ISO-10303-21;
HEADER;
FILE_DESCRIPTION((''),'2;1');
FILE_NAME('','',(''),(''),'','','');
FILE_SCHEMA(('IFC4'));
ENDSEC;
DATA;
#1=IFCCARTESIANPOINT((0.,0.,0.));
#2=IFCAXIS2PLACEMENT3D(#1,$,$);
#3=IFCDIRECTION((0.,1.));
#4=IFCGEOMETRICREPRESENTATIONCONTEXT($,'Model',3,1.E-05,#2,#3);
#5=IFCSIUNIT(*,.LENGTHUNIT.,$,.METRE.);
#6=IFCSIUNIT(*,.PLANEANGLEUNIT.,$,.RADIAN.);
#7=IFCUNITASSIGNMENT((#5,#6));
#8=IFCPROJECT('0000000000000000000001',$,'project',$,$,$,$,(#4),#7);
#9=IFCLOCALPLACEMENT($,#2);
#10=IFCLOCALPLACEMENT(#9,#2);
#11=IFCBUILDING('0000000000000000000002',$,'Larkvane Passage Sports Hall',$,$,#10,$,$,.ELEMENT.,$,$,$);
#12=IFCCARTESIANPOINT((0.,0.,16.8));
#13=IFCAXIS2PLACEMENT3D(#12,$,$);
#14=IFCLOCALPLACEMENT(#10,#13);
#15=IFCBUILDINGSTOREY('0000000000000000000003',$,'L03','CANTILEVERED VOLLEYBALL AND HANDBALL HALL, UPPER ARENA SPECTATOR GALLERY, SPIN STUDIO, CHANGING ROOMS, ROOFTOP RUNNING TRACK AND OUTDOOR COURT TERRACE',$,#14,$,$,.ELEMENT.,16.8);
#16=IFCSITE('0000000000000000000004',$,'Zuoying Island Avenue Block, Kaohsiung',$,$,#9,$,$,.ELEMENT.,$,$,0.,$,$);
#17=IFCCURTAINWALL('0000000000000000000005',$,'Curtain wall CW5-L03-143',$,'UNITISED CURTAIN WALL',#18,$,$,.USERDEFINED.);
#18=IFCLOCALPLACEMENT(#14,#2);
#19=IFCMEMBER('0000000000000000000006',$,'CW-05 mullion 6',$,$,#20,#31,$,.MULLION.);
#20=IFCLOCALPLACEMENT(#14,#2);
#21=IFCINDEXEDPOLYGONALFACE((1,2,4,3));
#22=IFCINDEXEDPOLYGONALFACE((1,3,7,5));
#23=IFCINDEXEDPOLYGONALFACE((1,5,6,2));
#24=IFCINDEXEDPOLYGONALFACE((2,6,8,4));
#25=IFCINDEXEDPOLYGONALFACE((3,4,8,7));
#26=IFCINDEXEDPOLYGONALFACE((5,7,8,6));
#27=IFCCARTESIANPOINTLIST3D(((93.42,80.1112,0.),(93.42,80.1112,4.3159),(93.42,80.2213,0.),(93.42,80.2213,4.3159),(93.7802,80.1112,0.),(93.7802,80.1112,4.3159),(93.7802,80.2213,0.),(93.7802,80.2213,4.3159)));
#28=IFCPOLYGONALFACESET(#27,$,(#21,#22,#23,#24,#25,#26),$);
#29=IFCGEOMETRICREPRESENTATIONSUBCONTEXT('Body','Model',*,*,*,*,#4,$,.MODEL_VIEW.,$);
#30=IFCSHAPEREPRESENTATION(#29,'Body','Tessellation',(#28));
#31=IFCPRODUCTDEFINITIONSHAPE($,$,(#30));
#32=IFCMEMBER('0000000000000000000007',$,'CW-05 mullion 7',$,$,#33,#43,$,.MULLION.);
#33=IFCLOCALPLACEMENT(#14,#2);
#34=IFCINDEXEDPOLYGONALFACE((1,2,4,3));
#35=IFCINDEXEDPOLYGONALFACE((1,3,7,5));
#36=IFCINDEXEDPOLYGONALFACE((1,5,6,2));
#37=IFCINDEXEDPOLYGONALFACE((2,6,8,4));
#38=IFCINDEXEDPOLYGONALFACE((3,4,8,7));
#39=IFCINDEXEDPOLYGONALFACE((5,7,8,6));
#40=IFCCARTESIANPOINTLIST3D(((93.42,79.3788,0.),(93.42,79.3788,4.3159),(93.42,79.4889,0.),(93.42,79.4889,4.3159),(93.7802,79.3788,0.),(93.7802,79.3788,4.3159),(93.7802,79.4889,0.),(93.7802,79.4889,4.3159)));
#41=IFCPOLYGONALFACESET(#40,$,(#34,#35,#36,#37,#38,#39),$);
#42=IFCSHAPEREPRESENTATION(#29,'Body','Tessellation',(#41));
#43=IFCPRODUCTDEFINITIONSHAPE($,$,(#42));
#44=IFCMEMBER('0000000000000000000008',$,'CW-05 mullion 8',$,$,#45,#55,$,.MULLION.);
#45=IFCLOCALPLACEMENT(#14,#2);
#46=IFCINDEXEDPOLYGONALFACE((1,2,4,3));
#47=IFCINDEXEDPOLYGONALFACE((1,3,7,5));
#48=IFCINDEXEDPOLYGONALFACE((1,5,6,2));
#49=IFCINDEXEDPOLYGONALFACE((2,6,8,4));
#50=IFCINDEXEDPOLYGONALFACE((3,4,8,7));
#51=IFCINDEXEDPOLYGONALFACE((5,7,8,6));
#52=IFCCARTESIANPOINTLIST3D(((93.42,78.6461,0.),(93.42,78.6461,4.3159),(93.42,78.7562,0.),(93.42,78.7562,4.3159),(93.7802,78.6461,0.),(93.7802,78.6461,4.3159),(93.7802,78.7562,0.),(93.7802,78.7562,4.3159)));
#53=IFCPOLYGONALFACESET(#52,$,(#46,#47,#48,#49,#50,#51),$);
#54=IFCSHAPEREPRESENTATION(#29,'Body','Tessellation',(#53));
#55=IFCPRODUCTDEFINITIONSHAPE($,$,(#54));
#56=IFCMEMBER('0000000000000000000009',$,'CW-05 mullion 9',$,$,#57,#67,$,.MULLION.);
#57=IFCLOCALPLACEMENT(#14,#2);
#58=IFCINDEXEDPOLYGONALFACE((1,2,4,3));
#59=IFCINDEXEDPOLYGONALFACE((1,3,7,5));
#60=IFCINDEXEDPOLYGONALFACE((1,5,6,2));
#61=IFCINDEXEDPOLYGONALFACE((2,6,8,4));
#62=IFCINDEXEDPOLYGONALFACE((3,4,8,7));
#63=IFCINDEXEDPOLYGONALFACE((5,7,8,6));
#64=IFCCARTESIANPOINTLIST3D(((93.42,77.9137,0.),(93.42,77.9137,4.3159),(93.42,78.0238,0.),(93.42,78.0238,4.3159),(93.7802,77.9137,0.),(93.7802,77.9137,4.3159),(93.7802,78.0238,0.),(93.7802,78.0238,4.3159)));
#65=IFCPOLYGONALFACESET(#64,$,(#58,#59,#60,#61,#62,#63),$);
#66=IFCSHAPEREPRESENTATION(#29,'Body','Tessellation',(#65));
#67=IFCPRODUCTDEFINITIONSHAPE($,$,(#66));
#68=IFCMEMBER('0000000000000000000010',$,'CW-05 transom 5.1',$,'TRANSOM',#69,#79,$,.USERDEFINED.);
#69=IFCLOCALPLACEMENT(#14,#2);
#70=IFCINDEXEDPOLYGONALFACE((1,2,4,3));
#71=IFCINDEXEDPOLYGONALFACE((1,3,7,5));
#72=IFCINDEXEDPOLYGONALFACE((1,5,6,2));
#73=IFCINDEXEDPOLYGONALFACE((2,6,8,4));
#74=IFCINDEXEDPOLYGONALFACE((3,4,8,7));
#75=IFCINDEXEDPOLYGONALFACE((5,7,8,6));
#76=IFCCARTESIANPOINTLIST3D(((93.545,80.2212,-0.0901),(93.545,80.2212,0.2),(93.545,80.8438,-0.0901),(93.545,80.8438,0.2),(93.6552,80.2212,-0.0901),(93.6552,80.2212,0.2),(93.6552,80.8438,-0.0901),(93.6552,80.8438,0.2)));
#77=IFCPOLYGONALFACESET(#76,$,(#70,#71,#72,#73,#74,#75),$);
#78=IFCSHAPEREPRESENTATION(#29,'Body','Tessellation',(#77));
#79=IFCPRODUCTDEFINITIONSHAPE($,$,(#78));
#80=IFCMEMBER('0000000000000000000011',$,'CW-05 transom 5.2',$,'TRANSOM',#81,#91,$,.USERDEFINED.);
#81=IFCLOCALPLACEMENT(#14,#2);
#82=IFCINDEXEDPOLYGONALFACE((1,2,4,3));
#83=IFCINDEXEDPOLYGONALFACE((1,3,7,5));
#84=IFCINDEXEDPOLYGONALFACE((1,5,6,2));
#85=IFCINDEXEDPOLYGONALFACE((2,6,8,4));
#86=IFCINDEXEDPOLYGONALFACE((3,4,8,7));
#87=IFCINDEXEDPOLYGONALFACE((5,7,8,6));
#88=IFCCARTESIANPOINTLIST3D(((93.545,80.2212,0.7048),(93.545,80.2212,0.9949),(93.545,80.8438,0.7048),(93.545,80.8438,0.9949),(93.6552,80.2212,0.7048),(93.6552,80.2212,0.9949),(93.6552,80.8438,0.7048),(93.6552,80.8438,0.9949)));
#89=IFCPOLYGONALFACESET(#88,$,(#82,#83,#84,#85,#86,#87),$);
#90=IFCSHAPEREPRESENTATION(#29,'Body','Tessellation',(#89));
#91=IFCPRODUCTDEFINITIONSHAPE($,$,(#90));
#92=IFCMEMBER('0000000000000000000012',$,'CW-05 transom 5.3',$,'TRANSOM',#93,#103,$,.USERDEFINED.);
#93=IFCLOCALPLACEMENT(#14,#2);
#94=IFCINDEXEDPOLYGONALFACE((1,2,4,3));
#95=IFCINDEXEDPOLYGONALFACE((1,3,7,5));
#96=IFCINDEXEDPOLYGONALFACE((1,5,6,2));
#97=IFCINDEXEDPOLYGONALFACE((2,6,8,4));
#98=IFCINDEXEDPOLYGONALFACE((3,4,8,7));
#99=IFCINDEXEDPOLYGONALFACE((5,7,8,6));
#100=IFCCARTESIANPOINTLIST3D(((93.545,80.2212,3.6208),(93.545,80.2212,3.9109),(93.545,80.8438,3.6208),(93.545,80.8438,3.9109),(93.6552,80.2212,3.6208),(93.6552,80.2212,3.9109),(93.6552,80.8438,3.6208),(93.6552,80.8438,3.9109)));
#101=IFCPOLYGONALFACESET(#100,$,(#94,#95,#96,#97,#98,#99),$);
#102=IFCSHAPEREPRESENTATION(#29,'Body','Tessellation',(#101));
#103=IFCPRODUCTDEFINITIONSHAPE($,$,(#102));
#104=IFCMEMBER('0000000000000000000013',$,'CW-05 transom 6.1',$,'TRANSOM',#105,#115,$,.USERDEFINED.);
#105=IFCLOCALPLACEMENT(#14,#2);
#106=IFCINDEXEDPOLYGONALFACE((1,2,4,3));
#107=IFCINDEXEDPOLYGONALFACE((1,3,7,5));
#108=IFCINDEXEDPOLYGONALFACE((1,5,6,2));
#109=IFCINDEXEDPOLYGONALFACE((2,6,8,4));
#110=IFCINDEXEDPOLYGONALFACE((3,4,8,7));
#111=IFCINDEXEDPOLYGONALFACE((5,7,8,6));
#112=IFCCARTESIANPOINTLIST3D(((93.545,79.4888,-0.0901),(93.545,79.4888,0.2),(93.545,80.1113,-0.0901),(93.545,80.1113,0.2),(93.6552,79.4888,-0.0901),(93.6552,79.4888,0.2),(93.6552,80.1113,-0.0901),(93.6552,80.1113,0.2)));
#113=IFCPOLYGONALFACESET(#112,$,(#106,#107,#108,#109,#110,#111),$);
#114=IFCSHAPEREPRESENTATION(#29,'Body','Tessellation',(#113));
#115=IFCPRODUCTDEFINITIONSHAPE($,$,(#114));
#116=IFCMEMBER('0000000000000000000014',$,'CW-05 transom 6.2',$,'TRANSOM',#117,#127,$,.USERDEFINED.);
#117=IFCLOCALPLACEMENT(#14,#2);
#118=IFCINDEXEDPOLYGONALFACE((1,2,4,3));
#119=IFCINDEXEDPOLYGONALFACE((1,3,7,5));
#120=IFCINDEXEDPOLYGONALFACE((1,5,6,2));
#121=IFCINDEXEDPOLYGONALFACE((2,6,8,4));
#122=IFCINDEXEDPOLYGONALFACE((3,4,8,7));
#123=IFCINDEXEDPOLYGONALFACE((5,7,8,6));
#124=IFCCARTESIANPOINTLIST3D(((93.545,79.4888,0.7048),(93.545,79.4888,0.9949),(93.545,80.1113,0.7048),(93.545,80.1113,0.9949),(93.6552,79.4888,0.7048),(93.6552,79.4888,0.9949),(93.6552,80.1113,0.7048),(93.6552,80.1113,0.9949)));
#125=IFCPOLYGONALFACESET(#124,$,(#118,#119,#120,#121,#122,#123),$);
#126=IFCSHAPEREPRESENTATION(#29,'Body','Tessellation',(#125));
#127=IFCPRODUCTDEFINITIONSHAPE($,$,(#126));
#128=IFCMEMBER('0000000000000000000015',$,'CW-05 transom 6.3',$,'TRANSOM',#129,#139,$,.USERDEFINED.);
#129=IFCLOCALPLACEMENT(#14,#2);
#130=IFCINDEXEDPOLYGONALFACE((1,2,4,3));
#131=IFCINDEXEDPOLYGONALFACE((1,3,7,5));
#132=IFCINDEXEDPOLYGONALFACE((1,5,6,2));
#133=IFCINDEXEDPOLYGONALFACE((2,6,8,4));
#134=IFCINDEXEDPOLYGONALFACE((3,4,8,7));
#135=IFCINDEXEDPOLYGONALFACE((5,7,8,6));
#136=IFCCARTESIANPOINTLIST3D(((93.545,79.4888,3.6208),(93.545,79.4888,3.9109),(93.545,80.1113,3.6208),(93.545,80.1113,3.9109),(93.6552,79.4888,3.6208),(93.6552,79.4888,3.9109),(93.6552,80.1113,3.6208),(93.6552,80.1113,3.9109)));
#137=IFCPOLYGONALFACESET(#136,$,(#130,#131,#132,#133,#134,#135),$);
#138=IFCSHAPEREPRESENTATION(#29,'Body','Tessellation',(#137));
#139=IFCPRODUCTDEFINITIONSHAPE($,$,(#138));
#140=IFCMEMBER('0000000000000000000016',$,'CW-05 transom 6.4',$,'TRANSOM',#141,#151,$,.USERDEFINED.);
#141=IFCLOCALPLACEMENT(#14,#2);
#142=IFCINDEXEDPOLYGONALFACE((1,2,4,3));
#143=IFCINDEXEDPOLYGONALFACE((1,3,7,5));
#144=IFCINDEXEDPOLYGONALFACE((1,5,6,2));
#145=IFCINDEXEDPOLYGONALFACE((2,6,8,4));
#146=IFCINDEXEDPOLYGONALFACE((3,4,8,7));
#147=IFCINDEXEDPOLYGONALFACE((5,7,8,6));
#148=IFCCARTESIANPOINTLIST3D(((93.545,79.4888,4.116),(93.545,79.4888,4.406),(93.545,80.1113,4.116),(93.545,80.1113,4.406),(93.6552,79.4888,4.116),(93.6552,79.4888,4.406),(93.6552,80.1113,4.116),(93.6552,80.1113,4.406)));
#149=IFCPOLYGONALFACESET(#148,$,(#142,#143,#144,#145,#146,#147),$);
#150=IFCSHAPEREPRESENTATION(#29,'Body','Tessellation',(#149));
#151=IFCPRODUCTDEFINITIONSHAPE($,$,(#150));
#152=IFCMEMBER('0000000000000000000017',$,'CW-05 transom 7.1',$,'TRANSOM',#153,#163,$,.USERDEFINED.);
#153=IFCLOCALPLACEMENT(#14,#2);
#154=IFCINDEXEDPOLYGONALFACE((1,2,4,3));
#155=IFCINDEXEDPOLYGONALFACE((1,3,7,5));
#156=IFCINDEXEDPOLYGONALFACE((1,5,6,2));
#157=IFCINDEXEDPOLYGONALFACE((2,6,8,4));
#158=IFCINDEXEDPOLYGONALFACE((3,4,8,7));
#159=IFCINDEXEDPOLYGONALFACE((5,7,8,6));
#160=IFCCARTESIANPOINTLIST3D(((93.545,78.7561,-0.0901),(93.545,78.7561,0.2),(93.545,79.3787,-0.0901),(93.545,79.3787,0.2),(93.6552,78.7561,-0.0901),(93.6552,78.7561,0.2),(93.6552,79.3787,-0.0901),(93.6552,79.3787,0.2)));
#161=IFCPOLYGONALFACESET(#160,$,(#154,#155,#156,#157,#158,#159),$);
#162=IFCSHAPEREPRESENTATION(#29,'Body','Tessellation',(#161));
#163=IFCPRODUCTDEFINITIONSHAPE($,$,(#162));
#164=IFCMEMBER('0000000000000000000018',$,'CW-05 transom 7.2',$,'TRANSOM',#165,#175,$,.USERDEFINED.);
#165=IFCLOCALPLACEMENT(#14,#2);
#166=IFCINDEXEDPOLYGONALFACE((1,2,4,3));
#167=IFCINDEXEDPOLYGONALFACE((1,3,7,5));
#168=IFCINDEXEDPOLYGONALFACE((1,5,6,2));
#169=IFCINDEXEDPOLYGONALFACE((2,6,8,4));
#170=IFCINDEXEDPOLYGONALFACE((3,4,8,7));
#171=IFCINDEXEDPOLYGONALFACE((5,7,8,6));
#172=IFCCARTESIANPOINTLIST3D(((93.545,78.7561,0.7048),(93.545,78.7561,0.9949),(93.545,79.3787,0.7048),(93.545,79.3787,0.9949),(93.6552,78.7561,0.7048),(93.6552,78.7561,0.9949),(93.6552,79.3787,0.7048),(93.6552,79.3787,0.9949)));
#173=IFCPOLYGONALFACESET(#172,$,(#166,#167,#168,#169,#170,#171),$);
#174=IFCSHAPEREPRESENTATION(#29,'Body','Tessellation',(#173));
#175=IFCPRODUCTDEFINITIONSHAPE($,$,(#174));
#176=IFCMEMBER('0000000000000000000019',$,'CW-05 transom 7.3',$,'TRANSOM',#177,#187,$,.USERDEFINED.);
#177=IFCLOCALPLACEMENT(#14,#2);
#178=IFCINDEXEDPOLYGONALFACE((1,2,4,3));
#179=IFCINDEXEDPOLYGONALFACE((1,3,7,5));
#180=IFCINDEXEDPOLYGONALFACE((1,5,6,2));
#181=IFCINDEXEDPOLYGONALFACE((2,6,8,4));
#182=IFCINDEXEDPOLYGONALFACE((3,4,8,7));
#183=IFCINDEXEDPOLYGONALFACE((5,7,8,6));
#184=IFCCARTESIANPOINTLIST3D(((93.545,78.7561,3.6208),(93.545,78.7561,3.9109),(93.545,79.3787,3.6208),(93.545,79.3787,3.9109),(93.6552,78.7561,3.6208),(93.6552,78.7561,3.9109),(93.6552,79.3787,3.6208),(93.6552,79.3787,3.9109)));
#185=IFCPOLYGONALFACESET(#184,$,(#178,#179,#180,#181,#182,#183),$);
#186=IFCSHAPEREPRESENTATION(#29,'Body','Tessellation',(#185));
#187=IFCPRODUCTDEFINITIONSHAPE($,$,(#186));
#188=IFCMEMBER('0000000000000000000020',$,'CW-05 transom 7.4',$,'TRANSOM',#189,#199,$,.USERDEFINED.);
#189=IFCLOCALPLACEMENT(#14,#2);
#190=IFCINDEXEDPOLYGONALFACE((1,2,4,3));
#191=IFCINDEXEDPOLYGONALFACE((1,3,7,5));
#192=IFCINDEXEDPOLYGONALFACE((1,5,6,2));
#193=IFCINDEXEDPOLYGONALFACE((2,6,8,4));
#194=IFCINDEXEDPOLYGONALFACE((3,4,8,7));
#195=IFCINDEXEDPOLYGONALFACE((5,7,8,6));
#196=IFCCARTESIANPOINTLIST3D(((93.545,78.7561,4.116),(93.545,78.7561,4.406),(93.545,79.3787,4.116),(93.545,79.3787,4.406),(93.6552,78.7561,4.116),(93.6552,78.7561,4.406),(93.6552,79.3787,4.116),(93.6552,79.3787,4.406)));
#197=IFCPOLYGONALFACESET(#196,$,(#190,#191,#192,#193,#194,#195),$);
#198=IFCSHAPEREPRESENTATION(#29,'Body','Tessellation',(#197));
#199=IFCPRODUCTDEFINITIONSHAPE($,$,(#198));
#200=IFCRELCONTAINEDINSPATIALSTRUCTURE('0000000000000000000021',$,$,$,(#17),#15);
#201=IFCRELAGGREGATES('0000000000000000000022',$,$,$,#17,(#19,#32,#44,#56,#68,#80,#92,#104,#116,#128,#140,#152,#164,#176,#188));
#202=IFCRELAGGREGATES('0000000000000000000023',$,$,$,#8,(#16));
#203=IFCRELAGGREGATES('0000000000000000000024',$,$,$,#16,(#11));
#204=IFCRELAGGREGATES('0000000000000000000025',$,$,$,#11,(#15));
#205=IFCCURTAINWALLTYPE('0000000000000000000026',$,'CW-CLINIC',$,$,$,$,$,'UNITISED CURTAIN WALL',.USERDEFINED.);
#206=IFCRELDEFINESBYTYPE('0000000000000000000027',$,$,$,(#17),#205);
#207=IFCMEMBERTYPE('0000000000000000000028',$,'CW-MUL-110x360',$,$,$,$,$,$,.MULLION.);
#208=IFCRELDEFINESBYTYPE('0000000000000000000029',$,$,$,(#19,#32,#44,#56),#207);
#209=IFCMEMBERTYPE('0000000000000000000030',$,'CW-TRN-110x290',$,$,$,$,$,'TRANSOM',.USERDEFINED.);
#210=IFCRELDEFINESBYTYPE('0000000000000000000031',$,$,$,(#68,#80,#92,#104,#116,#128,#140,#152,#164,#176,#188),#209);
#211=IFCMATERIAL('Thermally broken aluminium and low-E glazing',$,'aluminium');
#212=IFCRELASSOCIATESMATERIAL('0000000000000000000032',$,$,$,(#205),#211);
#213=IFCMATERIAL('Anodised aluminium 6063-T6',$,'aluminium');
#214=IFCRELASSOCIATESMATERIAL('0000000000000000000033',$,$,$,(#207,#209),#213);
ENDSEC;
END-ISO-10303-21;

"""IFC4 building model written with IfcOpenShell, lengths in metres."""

from ifc_helpers import new_model, si_unit, direction, frame, origin, origin_2d, place, context, subcontext, project, spatial, rectangle, extrude, material, material_profile, profile_set, type_object, element, aggregate, save


model = new_model("IFC4")

# Units and contexts
model_context = context("Model", 3, precision=1e-05, world=origin(), true_north=direction((0.0, 1.0)))
body_context = subcontext(model_context, "Body", "Model", "MODEL_VIEW")
ifc_project = project(units=[si_unit("LENGTHUNIT", "METRE"), si_unit("PLANEANGLEUNIT", "RADIAN")], contexts=[model_context])

# Site, building, storey
site_placement = place(None, origin())
site = spatial("IfcSite", under=ifc_project, at=site_placement, Name="Zuoying Island Avenue Block, Kaohsiung", CompositionType="ELEMENT", RefElevation=0.0)
building_placement = place(site_placement, origin())
building = spatial("IfcBuilding", under=site, at=building_placement, Name="Larkvane Passage Sports Hall", CompositionType="ELEMENT")
storey_placement = place(building_placement, frame((0.0, 0.0, 16.8)))
storey = spatial("IfcBuildingStorey", under=building, at=storey_placement, Name="L03", Description="CANTILEVERED VOLLEYBALL AND HANDBALL HALL, UPPER ARENA SPECTATOR GALLERY, SPIN STUDIO, CHANGING ROOMS, ROOFTOP RUNNING TRACK AND OUTDOOR COURT TERRACE", CompositionType="ELEMENT", Elevation=16.8)

# Curtain wall, members
ifc_material_1 = material(Name="Thermally broken aluminium and low-E glazing", Category="aluminium")
curtain_wall_type = type_object("IfcCurtainWallType", Name="CW-CLINIC", ElementType="UNITISED CURTAIN WALL", PredefinedType="USERDEFINED", material=ifc_material_1)
curtain_wall_placement = place(storey_placement, origin())
curtain_wall = element("IfcCurtainWall", 1, at=curtain_wall_placement, inside=storey, type_object=curtain_wall_type, Name="Curtain wall CW5-L03-143", ObjectType="UNITISED CURTAIN WALL", PredefinedType="USERDEFINED")
ifc_material_2 = material(Name="Anodised aluminium 6063-T6", Category="aluminium")
ifc_material_profile_1 = material_profile(ifc_material_2, rectangle(XDim=0.1101, YDim=0.3601, at=origin_2d()), Name="ALU-MUL-110x360")
ifc_profile_set_1 = profile_set([ifc_material_profile_1], Name="Anodised aluminium 6063-T6")
member_type_1 = type_object("IfcMemberType", Name="CW-MUL-110x360", PredefinedType="MULLION", material=ifc_profile_set_1)
member_1_placement = place(storey_placement, frame((93.6001, 80.1663, 0.0), z_axis=(0.0, 0.0, 1.0), x_axis=(0.0, -1.0, 0.0)))
member_1 = element("IfcMember", 2, at=member_1_placement, type_object=member_type_1, Name="CW-05 mullion 6", PredefinedType="MULLION", context=body_context, shape_type="SweptSolid", body=[
    extrude(rectangle(XDim=0.1101, YDim=0.3601, at=origin_2d()), origin(), (0.0, 0.0, 1.0), 4.3159),
])
member_2_placement = place(storey_placement, frame((93.6001, 79.4338, 0.0), z_axis=(0.0, 0.0, 1.0), x_axis=(0.0, -1.0, 0.0)))
member_2 = element("IfcMember", 3, at=member_2_placement, type_object=member_type_1, Name="CW-05 mullion 7", PredefinedType="MULLION", context=body_context, shape_type="SweptSolid", body=[
    extrude(rectangle(XDim=0.1101, YDim=0.3601, at=origin_2d()), origin(), (0.0, 0.0, 1.0), 4.3159),
])
member_3_placement = place(storey_placement, frame((93.6001, 78.7012, 0.0), z_axis=(0.0, 0.0, 1.0), x_axis=(0.0, -1.0, 0.0)))
member_3 = element("IfcMember", 4, at=member_3_placement, type_object=member_type_1, Name="CW-05 mullion 8", PredefinedType="MULLION", context=body_context, shape_type="SweptSolid", body=[
    extrude(rectangle(XDim=0.1101, YDim=0.3601, at=origin_2d()), origin(), (0.0, 0.0, 1.0), 4.3159),
])
member_4_placement = place(storey_placement, frame((93.6001, 77.9688, 0.0), z_axis=(0.0, 0.0, 1.0), x_axis=(0.0, -1.0, 0.0)))
member_4 = element("IfcMember", 5, at=member_4_placement, type_object=member_type_1, Name="CW-05 mullion 9", PredefinedType="MULLION", context=body_context, shape_type="SweptSolid", body=[
    extrude(rectangle(XDim=0.1101, YDim=0.3601, at=origin_2d()), origin(), (0.0, 0.0, 1.0), 4.3159),
])
ifc_material_profile_2 = material_profile(ifc_material_2, rectangle(XDim=0.1101, YDim=0.29, at=origin_2d()), Name="ALU-TRN-110x290")
ifc_profile_set_2 = profile_set([ifc_material_profile_2], Name="Anodised aluminium 6063-T6")
member_type_2 = type_object("IfcMemberType", Name="CW-TRN-110x290", ElementType="TRANSOM", PredefinedType="USERDEFINED", material=ifc_profile_set_2)
member_5_placement = place(storey_placement, frame((93.6001, 80.8438, 0.0549), z_axis=(0.0, -1.0, 0.0), x_axis=(1.0, 0.0, 0.0)))
member_5 = element("IfcMember", 6, at=member_5_placement, type_object=member_type_2, Name="CW-05 transom 5.1", ObjectType="TRANSOM", PredefinedType="USERDEFINED", context=body_context, shape_type="SweptSolid", body=[
    extrude(rectangle(XDim=0.1101, YDim=0.29, at=origin_2d()), origin(), (0.0, 0.0, 1.0), 0.6226),
])
member_6_placement = place(storey_placement, frame((93.6001, 80.8438, 0.8499), z_axis=(0.0, -1.0, 0.0), x_axis=(1.0, 0.0, 0.0)))
member_6 = element("IfcMember", 7, at=member_6_placement, type_object=member_type_2, Name="CW-05 transom 5.2", ObjectType="TRANSOM", PredefinedType="USERDEFINED", context=body_context, shape_type="SweptSolid", body=[
    extrude(rectangle(XDim=0.1101, YDim=0.29, at=origin_2d()), origin(), (0.0, 0.0, 1.0), 0.6226),
])
member_7_placement = place(storey_placement, frame((93.6001, 80.8438, 3.7659), z_axis=(0.0, -1.0, 0.0), x_axis=(1.0, 0.0, 0.0)))
member_7 = element("IfcMember", 8, at=member_7_placement, type_object=member_type_2, Name="CW-05 transom 5.3", ObjectType="TRANSOM", PredefinedType="USERDEFINED", context=body_context, shape_type="SweptSolid", body=[
    extrude(rectangle(XDim=0.1101, YDim=0.29, at=origin_2d()), origin(), (0.0, 0.0, 1.0), 0.6226),
])
member_8_placement = place(storey_placement, frame((93.6001, 80.1113, 0.0549), z_axis=(0.0, -1.0, 0.0), x_axis=(1.0, 0.0, 0.0)))
member_8 = element("IfcMember", 9, at=member_8_placement, type_object=member_type_2, Name="CW-05 transom 6.1", ObjectType="TRANSOM", PredefinedType="USERDEFINED", context=body_context, shape_type="SweptSolid", body=[
    extrude(rectangle(XDim=0.1101, YDim=0.29, at=origin_2d()), origin(), (0.0, 0.0, 1.0), 0.6226),
])
member_9_placement = place(storey_placement, frame((93.6001, 80.1113, 0.8499), z_axis=(0.0, -1.0, 0.0), x_axis=(1.0, 0.0, 0.0)))
member_9 = element("IfcMember", 10, at=member_9_placement, type_object=member_type_2, Name="CW-05 transom 6.2", ObjectType="TRANSOM", PredefinedType="USERDEFINED", context=body_context, shape_type="SweptSolid", body=[
    extrude(rectangle(XDim=0.1101, YDim=0.29, at=origin_2d()), origin(), (0.0, 0.0, 1.0), 0.6226),
])
member_10_placement = place(storey_placement, frame((93.6001, 80.1113, 3.7659), z_axis=(0.0, -1.0, 0.0), x_axis=(1.0, 0.0, 0.0)))
member_10 = element("IfcMember", 11, at=member_10_placement, type_object=member_type_2, Name="CW-05 transom 6.3", ObjectType="TRANSOM", PredefinedType="USERDEFINED", context=body_context, shape_type="SweptSolid", body=[
    extrude(rectangle(XDim=0.1101, YDim=0.29, at=origin_2d()), origin(), (0.0, 0.0, 1.0), 0.6226),
])
member_11_placement = place(storey_placement, frame((93.6001, 80.1113, 4.261), z_axis=(0.0, -1.0, 0.0), x_axis=(1.0, 0.0, 0.0)))
member_11 = element("IfcMember", 12, at=member_11_placement, type_object=member_type_2, Name="CW-05 transom 6.4", ObjectType="TRANSOM", PredefinedType="USERDEFINED", context=body_context, shape_type="SweptSolid", body=[
    extrude(rectangle(XDim=0.1101, YDim=0.29, at=origin_2d()), origin(), (0.0, 0.0, 1.0), 0.6226),
])
member_12_placement = place(storey_placement, frame((93.6001, 79.3787, 0.0549), z_axis=(0.0, -1.0, 0.0), x_axis=(1.0, 0.0, 0.0)))
member_12 = element("IfcMember", 13, at=member_12_placement, type_object=member_type_2, Name="CW-05 transom 7.1", ObjectType="TRANSOM", PredefinedType="USERDEFINED", context=body_context, shape_type="SweptSolid", body=[
    extrude(rectangle(XDim=0.1101, YDim=0.29, at=origin_2d()), origin(), (0.0, 0.0, 1.0), 0.6226),
])
member_13_placement = place(storey_placement, frame((93.6001, 79.3787, 0.8499), z_axis=(0.0, -1.0, 0.0), x_axis=(1.0, 0.0, 0.0)))
member_13 = element("IfcMember", 14, at=member_13_placement, type_object=member_type_2, Name="CW-05 transom 7.2", ObjectType="TRANSOM", PredefinedType="USERDEFINED", context=body_context, shape_type="SweptSolid", body=[
    extrude(rectangle(XDim=0.1101, YDim=0.29, at=origin_2d()), origin(), (0.0, 0.0, 1.0), 0.6226),
])
member_14_placement = place(storey_placement, frame((93.6001, 79.3787, 3.7659), z_axis=(0.0, -1.0, 0.0), x_axis=(1.0, 0.0, 0.0)))
member_14 = element("IfcMember", 15, at=member_14_placement, type_object=member_type_2, Name="CW-05 transom 7.3", ObjectType="TRANSOM", PredefinedType="USERDEFINED", context=body_context, shape_type="SweptSolid", body=[
    extrude(rectangle(XDim=0.1101, YDim=0.29, at=origin_2d()), origin(), (0.0, 0.0, 1.0), 0.6226),
])
member_15_placement = place(storey_placement, frame((93.6001, 79.3787, 4.261), z_axis=(0.0, -1.0, 0.0), x_axis=(1.0, 0.0, 0.0)))
member_15 = element("IfcMember", 16, at=member_15_placement, type_object=member_type_2, Name="CW-05 transom 7.4", ObjectType="TRANSOM", PredefinedType="USERDEFINED", context=body_context, shape_type="SweptSolid", body=[
    extrude(rectangle(XDim=0.1101, YDim=0.29, at=origin_2d()), origin(), (0.0, 0.0, 1.0), 0.6226),
])
aggregate(curtain_wall, [member_1, member_2, member_3, member_4, member_5, member_6, member_7, member_8, member_9, member_10, member_11, member_12, member_13, member_14, member_15])

save(model, "model.ifc")
